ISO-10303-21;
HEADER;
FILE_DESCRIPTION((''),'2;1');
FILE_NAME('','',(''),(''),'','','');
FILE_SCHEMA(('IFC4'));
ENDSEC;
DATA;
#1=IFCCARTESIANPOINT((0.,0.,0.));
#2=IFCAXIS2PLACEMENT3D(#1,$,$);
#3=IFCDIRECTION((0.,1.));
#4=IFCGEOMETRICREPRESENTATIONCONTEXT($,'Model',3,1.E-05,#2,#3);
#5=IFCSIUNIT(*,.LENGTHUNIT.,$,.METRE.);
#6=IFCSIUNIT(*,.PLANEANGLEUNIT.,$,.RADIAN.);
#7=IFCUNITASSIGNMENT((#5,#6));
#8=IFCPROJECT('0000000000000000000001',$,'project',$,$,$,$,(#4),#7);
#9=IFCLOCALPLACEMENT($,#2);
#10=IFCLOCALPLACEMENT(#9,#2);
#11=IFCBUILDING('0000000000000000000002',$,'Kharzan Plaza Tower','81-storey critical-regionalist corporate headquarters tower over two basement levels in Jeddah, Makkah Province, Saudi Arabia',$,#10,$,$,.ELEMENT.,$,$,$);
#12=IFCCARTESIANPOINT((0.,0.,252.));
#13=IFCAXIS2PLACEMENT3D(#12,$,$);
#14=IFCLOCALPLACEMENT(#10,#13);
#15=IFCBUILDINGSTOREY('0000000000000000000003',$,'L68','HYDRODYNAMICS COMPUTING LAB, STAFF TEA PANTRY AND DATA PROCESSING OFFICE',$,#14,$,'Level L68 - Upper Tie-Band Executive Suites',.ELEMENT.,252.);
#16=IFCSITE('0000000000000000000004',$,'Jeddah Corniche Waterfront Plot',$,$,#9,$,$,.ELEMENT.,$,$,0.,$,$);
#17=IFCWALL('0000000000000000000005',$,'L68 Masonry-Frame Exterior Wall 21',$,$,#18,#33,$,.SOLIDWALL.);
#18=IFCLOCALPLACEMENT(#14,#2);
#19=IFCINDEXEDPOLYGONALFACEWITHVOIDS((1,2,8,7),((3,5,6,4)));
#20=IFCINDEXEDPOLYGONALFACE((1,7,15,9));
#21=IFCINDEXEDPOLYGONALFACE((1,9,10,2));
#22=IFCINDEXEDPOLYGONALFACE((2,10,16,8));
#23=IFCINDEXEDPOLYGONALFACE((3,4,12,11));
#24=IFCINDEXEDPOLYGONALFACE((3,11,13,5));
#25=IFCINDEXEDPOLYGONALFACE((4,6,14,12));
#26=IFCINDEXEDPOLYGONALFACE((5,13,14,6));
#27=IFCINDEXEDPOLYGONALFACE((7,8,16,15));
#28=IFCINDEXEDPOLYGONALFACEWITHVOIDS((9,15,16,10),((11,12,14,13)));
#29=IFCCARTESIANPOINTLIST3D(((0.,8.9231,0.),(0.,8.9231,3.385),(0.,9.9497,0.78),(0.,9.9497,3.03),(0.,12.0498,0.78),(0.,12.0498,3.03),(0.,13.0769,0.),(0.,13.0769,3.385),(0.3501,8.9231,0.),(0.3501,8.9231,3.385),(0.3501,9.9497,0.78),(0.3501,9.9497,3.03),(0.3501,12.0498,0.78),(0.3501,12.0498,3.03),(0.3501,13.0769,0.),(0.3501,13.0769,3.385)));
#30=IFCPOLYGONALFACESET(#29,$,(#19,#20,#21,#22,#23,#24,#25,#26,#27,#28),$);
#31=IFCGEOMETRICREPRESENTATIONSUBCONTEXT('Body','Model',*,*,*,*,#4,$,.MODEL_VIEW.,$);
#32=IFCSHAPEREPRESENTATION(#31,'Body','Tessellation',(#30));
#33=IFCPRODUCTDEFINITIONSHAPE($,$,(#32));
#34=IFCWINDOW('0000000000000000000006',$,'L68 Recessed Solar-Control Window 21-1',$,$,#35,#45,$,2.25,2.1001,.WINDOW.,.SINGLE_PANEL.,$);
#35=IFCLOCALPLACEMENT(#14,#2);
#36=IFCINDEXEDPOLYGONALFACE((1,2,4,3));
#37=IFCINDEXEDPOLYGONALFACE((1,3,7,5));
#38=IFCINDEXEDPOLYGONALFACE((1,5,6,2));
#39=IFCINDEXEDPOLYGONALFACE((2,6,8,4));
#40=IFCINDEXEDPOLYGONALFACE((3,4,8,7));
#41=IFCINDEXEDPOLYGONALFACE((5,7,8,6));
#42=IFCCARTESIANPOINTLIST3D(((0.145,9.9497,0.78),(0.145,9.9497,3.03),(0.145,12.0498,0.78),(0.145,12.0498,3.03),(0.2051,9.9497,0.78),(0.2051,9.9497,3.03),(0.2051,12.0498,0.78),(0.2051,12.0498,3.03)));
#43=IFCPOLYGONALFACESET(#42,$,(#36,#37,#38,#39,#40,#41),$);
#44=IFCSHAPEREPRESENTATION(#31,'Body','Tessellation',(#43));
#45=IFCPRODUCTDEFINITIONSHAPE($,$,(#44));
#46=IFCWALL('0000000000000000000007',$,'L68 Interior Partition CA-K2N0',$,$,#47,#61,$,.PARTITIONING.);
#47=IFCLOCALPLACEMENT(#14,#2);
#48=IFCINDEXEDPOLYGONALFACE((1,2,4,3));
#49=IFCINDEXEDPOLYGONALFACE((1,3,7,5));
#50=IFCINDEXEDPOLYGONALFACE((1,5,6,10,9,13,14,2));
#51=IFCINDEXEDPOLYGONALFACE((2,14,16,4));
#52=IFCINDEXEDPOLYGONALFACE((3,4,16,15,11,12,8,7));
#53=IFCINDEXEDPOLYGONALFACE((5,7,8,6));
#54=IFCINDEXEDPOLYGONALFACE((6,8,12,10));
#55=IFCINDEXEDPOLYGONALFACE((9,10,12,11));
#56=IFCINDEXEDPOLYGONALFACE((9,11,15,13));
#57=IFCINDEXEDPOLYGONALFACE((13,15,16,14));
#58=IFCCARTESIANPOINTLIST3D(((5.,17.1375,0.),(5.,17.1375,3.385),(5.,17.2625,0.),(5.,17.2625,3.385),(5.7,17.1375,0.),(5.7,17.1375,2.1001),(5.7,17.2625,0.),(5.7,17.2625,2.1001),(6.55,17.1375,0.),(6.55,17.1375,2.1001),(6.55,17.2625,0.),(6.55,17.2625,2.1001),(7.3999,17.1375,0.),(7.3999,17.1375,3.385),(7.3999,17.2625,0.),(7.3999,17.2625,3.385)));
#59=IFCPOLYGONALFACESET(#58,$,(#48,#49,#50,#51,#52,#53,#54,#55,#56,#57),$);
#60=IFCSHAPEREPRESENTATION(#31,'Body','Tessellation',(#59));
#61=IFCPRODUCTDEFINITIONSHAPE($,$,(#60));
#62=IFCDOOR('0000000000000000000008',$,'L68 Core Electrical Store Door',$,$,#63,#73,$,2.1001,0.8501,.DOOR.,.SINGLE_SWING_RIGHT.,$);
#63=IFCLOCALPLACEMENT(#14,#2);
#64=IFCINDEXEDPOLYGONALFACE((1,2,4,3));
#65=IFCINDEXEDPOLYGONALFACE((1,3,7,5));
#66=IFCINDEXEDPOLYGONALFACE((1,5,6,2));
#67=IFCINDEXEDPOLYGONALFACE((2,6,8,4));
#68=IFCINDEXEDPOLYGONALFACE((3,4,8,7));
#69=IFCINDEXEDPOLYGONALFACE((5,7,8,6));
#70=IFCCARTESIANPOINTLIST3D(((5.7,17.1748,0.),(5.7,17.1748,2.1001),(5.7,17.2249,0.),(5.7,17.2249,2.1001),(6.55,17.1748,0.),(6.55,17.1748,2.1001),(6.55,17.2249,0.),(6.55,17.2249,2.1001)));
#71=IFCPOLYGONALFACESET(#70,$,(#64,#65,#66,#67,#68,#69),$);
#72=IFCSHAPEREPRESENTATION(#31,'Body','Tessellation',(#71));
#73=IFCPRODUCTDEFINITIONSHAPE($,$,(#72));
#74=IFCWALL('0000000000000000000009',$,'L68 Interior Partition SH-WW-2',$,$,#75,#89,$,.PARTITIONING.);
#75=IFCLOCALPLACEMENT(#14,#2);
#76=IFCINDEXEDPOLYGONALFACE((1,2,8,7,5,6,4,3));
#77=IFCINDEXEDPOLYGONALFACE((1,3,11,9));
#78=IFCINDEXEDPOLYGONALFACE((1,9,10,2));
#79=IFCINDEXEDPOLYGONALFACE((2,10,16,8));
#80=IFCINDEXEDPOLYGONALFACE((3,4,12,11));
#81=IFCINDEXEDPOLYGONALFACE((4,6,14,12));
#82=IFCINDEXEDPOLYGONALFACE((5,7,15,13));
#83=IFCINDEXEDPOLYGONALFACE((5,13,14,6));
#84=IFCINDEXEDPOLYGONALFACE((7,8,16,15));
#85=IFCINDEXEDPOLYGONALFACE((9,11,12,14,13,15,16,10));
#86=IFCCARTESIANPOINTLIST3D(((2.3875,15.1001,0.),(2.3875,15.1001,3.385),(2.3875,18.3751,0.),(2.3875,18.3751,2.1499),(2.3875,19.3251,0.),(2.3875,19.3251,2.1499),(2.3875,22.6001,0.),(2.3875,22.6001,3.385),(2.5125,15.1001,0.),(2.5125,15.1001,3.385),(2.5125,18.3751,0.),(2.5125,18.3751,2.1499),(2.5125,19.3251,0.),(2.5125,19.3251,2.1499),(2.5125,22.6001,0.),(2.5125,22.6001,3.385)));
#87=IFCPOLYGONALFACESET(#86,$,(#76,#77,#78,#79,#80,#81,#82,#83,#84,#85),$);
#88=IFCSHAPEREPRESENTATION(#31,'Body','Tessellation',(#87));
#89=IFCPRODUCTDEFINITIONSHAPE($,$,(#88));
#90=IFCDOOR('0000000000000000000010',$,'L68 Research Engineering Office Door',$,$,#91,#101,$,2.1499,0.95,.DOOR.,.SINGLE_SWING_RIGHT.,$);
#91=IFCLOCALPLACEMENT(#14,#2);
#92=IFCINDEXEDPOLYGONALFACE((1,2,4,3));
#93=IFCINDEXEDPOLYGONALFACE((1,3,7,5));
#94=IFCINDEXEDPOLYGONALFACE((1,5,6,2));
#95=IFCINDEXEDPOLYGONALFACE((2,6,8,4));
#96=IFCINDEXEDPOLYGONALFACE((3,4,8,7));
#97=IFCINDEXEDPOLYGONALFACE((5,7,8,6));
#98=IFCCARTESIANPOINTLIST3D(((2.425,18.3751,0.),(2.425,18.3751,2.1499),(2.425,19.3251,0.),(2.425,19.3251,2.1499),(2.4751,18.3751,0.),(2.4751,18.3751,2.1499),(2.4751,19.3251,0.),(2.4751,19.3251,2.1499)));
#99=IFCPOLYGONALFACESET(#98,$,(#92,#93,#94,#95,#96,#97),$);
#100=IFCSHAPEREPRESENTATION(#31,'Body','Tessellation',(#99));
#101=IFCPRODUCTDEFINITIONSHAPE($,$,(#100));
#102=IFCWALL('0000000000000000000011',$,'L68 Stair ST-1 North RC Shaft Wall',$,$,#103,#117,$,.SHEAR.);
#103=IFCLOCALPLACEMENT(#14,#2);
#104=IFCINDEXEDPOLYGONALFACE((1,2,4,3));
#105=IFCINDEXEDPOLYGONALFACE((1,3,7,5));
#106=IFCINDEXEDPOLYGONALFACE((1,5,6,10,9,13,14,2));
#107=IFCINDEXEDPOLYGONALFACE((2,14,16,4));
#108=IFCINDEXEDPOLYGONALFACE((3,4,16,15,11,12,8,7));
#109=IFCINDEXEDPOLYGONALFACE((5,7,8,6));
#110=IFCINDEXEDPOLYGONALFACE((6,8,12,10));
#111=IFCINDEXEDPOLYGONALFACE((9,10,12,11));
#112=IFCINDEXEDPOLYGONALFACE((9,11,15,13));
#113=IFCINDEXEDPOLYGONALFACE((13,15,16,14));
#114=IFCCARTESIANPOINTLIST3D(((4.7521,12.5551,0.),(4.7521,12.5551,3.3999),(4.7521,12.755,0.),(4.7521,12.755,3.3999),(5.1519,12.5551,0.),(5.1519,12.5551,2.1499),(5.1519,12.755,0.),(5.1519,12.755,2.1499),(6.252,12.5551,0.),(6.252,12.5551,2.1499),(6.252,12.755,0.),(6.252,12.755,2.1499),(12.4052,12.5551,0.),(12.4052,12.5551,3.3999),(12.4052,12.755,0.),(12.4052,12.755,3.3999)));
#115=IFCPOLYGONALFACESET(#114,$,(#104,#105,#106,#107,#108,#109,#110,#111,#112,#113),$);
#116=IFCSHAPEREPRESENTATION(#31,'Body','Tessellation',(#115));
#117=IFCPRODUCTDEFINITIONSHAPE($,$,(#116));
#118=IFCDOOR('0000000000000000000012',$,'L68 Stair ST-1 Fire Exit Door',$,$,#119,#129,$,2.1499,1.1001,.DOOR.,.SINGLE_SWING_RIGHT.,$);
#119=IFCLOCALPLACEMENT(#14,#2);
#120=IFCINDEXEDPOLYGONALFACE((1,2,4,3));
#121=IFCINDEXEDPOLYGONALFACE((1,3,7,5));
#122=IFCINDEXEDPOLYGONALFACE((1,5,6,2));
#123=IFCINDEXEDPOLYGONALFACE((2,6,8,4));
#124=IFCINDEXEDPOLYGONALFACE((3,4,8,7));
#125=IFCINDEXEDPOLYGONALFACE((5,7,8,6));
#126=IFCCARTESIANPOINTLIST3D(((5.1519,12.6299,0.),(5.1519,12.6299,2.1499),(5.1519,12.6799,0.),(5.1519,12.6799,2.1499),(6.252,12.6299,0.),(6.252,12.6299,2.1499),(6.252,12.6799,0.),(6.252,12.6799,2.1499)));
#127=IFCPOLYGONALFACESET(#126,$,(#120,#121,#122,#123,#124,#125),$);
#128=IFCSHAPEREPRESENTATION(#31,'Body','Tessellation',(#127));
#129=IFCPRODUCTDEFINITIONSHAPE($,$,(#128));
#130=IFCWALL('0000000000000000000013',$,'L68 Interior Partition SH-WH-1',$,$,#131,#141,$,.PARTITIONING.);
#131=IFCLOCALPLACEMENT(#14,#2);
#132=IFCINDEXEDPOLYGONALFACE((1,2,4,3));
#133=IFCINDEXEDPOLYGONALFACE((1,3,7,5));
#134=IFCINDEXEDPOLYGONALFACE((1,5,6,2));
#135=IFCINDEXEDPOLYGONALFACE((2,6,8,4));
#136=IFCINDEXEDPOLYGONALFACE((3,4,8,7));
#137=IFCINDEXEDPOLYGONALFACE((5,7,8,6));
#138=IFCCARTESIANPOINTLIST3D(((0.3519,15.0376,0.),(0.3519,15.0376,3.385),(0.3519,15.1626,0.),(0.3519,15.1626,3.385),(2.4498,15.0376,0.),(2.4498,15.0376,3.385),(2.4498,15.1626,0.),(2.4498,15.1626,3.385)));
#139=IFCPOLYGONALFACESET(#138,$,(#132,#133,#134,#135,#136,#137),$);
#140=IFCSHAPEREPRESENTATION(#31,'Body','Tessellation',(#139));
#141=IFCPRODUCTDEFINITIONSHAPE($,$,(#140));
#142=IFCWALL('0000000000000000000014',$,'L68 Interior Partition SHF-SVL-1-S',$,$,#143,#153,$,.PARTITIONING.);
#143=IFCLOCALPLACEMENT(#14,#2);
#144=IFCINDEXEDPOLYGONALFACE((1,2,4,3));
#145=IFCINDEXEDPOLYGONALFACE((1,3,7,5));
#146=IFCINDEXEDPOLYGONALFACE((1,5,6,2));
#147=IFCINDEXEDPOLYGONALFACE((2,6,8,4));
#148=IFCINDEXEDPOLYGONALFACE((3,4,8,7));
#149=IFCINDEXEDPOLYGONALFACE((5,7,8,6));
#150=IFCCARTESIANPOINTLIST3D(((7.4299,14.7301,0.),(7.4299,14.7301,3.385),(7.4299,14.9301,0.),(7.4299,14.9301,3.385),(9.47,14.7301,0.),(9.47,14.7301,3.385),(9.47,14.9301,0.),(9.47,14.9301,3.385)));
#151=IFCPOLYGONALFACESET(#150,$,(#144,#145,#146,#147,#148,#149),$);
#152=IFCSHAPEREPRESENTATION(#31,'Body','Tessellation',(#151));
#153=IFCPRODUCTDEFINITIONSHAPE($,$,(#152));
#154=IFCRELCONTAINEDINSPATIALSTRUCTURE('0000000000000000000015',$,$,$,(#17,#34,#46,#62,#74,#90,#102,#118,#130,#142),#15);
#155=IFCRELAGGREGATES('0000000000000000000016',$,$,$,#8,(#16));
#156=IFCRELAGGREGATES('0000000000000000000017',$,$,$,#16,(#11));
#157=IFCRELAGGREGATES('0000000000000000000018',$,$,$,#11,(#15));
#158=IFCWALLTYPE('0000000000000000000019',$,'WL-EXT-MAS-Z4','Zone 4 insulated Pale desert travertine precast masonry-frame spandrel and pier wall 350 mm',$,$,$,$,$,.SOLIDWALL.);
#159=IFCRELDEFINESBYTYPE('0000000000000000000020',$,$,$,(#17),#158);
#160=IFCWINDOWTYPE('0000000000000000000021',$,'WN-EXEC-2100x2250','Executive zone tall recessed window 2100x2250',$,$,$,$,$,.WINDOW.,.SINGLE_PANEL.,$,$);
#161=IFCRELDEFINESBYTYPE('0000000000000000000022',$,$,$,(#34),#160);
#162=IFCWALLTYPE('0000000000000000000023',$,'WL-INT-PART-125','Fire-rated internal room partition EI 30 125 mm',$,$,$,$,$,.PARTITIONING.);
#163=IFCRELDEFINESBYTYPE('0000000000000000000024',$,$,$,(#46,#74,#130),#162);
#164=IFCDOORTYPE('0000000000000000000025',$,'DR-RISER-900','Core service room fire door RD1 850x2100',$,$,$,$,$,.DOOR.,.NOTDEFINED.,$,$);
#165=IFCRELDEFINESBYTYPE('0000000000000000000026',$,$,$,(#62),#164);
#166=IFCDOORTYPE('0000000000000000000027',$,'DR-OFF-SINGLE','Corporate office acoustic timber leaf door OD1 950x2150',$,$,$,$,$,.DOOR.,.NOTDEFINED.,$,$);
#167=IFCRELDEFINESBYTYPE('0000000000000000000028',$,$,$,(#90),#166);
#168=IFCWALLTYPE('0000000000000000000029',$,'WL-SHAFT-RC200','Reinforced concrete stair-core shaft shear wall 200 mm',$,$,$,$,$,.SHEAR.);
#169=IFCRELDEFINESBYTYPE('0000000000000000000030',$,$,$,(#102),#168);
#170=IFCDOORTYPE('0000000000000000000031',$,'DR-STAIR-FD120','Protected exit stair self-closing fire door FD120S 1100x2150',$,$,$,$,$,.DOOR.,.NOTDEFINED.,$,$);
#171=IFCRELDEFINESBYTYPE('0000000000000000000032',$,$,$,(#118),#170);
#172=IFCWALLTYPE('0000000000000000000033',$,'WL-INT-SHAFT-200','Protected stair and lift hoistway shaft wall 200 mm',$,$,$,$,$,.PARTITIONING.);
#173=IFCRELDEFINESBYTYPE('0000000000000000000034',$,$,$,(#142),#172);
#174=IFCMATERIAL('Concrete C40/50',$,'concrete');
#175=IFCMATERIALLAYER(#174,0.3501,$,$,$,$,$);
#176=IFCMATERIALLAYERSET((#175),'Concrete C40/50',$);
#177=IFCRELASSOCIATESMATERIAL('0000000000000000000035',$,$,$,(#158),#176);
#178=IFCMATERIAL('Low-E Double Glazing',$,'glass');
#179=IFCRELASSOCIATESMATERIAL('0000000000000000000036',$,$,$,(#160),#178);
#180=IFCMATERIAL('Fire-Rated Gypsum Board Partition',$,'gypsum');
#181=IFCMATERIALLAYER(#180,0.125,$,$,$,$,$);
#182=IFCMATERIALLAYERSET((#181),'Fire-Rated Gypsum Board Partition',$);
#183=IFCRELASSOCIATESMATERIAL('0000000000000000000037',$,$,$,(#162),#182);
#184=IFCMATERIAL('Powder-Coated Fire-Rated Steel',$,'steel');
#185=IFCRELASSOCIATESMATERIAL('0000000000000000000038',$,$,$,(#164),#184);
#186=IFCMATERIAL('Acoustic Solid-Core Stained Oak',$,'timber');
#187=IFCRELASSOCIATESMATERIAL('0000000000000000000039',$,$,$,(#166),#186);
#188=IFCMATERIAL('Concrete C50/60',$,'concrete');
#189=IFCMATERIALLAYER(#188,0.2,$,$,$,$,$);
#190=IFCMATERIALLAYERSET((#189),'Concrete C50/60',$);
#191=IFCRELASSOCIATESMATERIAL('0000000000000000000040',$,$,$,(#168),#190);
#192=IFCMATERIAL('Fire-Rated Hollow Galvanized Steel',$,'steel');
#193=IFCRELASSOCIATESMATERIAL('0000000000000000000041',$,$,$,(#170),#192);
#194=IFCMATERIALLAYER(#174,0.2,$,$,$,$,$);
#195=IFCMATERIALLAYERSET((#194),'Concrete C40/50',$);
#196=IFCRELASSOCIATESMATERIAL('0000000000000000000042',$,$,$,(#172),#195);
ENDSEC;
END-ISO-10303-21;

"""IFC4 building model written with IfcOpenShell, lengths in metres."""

from ifc_helpers import new_model, si_unit, direction, frame, frame_2d, origin, place, context, subcontext, project, spatial, rectangle, extrude, source, transform, mapped, material, layer, layer_set, type_object, element, fill, save


model = new_model("IFC4")

# Units and contexts
model_context = context("Model", 3, precision=1e-05, world=origin(), true_north=direction((0.0, 1.0)))
body_context = subcontext(model_context, "Body", "Model", "MODEL_VIEW")
ifc_project = project(units=[si_unit("LENGTHUNIT", "METRE"), si_unit("PLANEANGLEUNIT", "RADIAN")], contexts=[model_context])

# Site, building, storey
site_placement = place(None, origin())
site = spatial("IfcSite", under=ifc_project, at=site_placement, Name="Jeddah Corniche Waterfront Plot", CompositionType="ELEMENT", RefElevation=0.0)
building_placement = place(site_placement, origin())
building = spatial("IfcBuilding", under=site, at=building_placement, Name="Kharzan Plaza Tower", Description="81-storey critical-regionalist corporate headquarters tower over two basement levels in Jeddah, Makkah Province, Saudi Arabia", CompositionType="ELEMENT")
storey_placement = place(building_placement, frame((0.0, 0.0, 252.0)))
storey = spatial("IfcBuildingStorey", under=building, at=storey_placement, Name="L68", Description="HYDRODYNAMICS COMPUTING LAB, STAFF TEA PANTRY AND DATA PROCESSING OFFICE", LongName="Level L68 - Upper Tie-Band Executive Suites", CompositionType="ELEMENT", Elevation=252.0)

# Shared definitions
ifc_material_1 = material(Name="Concrete C50/60", Category="concrete")

# Wall, opening, window
ifc_material_2 = material(Name="Concrete C40/50", Category="concrete")
ifc_layer_1 = layer(ifc_material_2, 0.3501)
ifc_layer_set_1 = layer_set([ifc_layer_1], Name="Concrete C40/50")
wall_type_1 = type_object("IfcWallType", Name="WL-EXT-MAS-Z4", Description="Zone 4 insulated Pale desert travertine precast masonry-frame spandrel and pier wall 350 mm", PredefinedType="SOLIDWALL", material=ifc_layer_set_1)
ifc_material_3 = material(Name="Low-E Double Glazing", Category="glass")
wall_1_placement = place(storey_placement, frame((0.175, 13.0769, 0.0), z_axis=(0.0, 0.0, 1.0), x_axis=(0.0, -1.0, 0.0)))
wall_1 = element("IfcWall", 1, at=wall_1_placement, inside=storey, type_object=wall_type_1, Name="L68 Masonry-Frame Exterior Wall 21", PredefinedType="SOLIDWALL", context=body_context, shape_type="SweptSolid", body=[
    extrude(rectangle(XDim=4.1538, YDim=0.3501, at=frame_2d((2.0769, 0.0))), origin(), (0.0, 0.0, 1.0), 3.385),
])
opening_1_placement = place(wall_1_placement, frame((1.0271, 0.0, 0.78)))
opening_1 = element("IfcOpeningElement", 2, at=opening_1_placement, cuts=wall_1, PredefinedType="OPENING", context=body_context, shape_type="SweptSolid", body=[
    extrude(rectangle(XDim=2.1001, YDim=2.25, at=frame_2d((1.05, 1.125))), frame((0.0, 0.1851, 0.0), z_axis=(0.0, -1.0, 0.0), x_axis=(1.0, 0.0, 0.0)), (0.0, 0.0, 1.0), 0.3701),
])
window_type_1 = type_object("IfcWindowType", Name="WN-EXEC-2100x2250", Description="Executive zone tall recessed window 2100x2250", PartitioningType="SINGLE_PANEL", PredefinedType="WINDOW", material=ifc_material_3)
shared_shape_1 = source(origin(), body_context, "Body", "SweptSolid", [
    extrude(rectangle(XDim=2.1001, YDim=2.25, at=frame_2d((1.05, 1.125))), frame((0.0, 0.03, 0.0), z_axis=(0.0, -1.0, 0.0), x_axis=(1.0, 0.0, 0.0)), (0.0, 0.0, 1.0), 0.0601),
])
window_1_placement = place(opening_1_placement, origin())
window_1 = element("IfcWindow", 3, at=window_1_placement, inside=storey, type_object=window_type_1, Name="L68 Recessed Solar-Control Window 21-1", OverallHeight=2.25, OverallWidth=2.1001, PartitioningType="SINGLE_PANEL", PredefinedType="WINDOW", context=body_context, shape_type="MappedRepresentation", body=[
    mapped(shared_shape_1, transform((0.0, 0.0, 0.0), x_axis=(1.0, 0.0, 0.0), y_axis=(0.0, 1.0, 0.0), z_axis=(0.0, 0.0, 1.0))),
])
fill(opening_1, window_1)

# Walls, openings, doors
ifc_material_4 = material(Name="Fire-Rated Gypsum Board Partition", Category="gypsum")
ifc_layer_2 = layer(ifc_material_4, 0.125)
ifc_layer_set_2 = layer_set([ifc_layer_2], Name="Fire-Rated Gypsum Board Partition")
wall_type_2 = type_object("IfcWallType", Name="WL-INT-PART-125", Description="Fire-rated internal room partition EI 30 125 mm", PredefinedType="PARTITIONING", material=ifc_layer_set_2)
wall_2_placement = place(storey_placement, frame((5.0, 17.2, 0.0), z_axis=(0.0, 0.0, 1.0), x_axis=(1.0, 0.0, 0.0)))
wall_2 = element("IfcWall", 4, at=wall_2_placement, inside=storey, type_object=wall_type_2, Name="L68 Interior Partition CA-K2N0", PredefinedType="PARTITIONING", context=body_context, shape_type="SweptSolid", body=[
    extrude(rectangle(XDim=2.3999, YDim=0.125, at=frame_2d((1.2, 0.0))), origin(), (0.0, 0.0, 1.0), 3.385),
])
opening_2_placement = place(wall_2_placement, frame((0.7, 0.0, 0.0)))
opening_2 = element("IfcOpeningElement", 5, at=opening_2_placement, cuts=wall_2, PredefinedType="OPENING", context=body_context, shape_type="SweptSolid", body=[
    extrude(rectangle(XDim=0.8501, YDim=2.1001, at=frame_2d((0.425, 1.05))), frame((0.0, 0.0725, 0.0), z_axis=(0.0, -1.0, 0.0), x_axis=(1.0, 0.0, 0.0)), (0.0, 0.0, 1.0), 0.145),
])
ifc_material_5 = material(Name="Powder-Coated Fire-Rated Steel", Category="steel")
door_type_1 = type_object("IfcDoorType", Name="DR-RISER-900", Description="Core service room fire door RD1 850x2100", OperationType="NOTDEFINED", PredefinedType="DOOR", material=ifc_material_5)
shared_shape_2 = source(origin(), body_context, "Body", "SweptSolid", [
    extrude(rectangle(XDim=0.8501, YDim=2.1001, at=frame_2d((0.425, 1.05))), frame((0.0, 0.0249, 0.0), z_axis=(0.0, -1.0, 0.0), x_axis=(1.0, 0.0, 0.0)), (0.0, 0.0, 1.0), 0.05),
])
door_1_placement = place(opening_2_placement, origin())
door_1 = element("IfcDoor", 6, at=door_1_placement, inside=storey, type_object=door_type_1, Name="L68 Core Electrical Store Door", OperationType="SINGLE_SWING_RIGHT", OverallHeight=2.1001, OverallWidth=0.8501, PredefinedType="DOOR", context=body_context, shape_type="MappedRepresentation", body=[
    mapped(shared_shape_2, transform((0.0, 0.0, 0.0), x_axis=(1.0, 0.0, 0.0), y_axis=(0.0, 1.0, 0.0), z_axis=(0.0, 0.0, 1.0))),
])
fill(opening_2, door_1)
wall_3_placement = place(storey_placement, frame((2.45, 15.1001, 0.0), z_axis=(0.0, 0.0, 1.0), x_axis=(0.0, 1.0, 0.0)))
wall_3 = element("IfcWall", 7, at=wall_3_placement, inside=storey, type_object=wall_type_2, Name="L68 Interior Partition SH-WW-2", PredefinedType="PARTITIONING", context=body_context, shape_type="SweptSolid", body=[
    extrude(rectangle(XDim=7.5, YDim=0.125, at=frame_2d((3.75, 0.0))), origin(), (0.0, 0.0, 1.0), 3.385),
])
opening_3_placement = place(wall_3_placement, frame((3.2749, 0.0, 0.0)))
opening_3 = element("IfcOpeningElement", 8, at=opening_3_placement, cuts=wall_3, PredefinedType="OPENING", context=body_context, shape_type="SweptSolid", body=[
    extrude(rectangle(XDim=0.95, YDim=2.1499, at=frame_2d((0.4751, 1.075))), frame((0.0, 0.0725, 0.0), z_axis=(0.0, -1.0, 0.0), x_axis=(1.0, 0.0, 0.0)), (0.0, 0.0, 1.0), 0.145),
])
ifc_material_6 = material(Name="Acoustic Solid-Core Stained Oak", Category="timber")
door_type_2 = type_object("IfcDoorType", Name="DR-OFF-SINGLE", Description="Corporate office acoustic timber leaf door OD1 950x2150", OperationType="NOTDEFINED", PredefinedType="DOOR", material=ifc_material_6)
shared_shape_3 = source(origin(), body_context, "Body", "SweptSolid", [
    extrude(rectangle(XDim=0.95, YDim=2.1499, at=frame_2d((0.4751, 1.075))), frame((0.0, 0.0249, 0.0), z_axis=(0.0, -1.0, 0.0), x_axis=(1.0, 0.0, 0.0)), (0.0, 0.0, 1.0), 0.05),
])
door_2_placement = place(opening_3_placement, origin())
door_2 = element("IfcDoor", 9, at=door_2_placement, inside=storey, type_object=door_type_2, Name="L68 Research Engineering Office Door", OperationType="SINGLE_SWING_RIGHT", OverallHeight=2.1499, OverallWidth=0.95, PredefinedType="DOOR", context=body_context, shape_type="MappedRepresentation", body=[
    mapped(shared_shape_3, transform((0.0, 0.0, 0.0), x_axis=(1.0, 0.0, 0.0), y_axis=(0.0, 1.0, 0.0), z_axis=(0.0, 0.0, 1.0))),
])
fill(opening_3, door_2)
ifc_layer_3 = layer(ifc_material_1, 0.2)
ifc_layer_set_3 = layer_set([ifc_layer_3], Name="Concrete C50/60")
wall_type_3 = type_object("IfcWallType", Name="WL-SHAFT-RC200", Description="Reinforced concrete stair-core shaft shear wall 200 mm", PredefinedType="SHEAR", material=ifc_layer_set_3)
wall_4_placement = place(storey_placement, frame((4.752, 12.655, 0.0), z_axis=(0.0, 0.0, 1.0), x_axis=(1.0, 0.0, 0.0)))
wall_4 = element("IfcWall", 10, at=wall_4_placement, inside=storey, type_object=wall_type_3, Name="L68 Stair ST-1 North RC Shaft Wall", PredefinedType="SHEAR", context=body_context, shape_type="SweptSolid", body=[
    extrude(rectangle(XDim=7.6531, YDim=0.2, at=frame_2d((3.8267, 0.0))), origin(), (0.0, 0.0, 1.0), 3.3999),
])
opening_4_placement = place(wall_4_placement, frame((0.3999, 0.0, 0.0)))
opening_4 = element("IfcOpeningElement", 11, at=opening_4_placement, cuts=wall_4, PredefinedType="OPENING", context=body_context, shape_type="SweptSolid", body=[
    extrude(rectangle(XDim=1.1001, YDim=2.1499, at=frame_2d((0.55, 1.075))), frame((0.0, 0.1099, 0.0), z_axis=(0.0, -1.0, 0.0), x_axis=(1.0, 0.0, 0.0)), (0.0, 0.0, 1.0), 0.22),
])
ifc_material_7 = material(Name="Fire-Rated Hollow Galvanized Steel", Category="steel")
door_type_3 = type_object("IfcDoorType", Name="DR-STAIR-FD120", Description="Protected exit stair self-closing fire door FD120S 1100x2150", OperationType="NOTDEFINED", PredefinedType="DOOR", material=ifc_material_7)
shared_shape_4 = source(origin(), body_context, "Body", "SweptSolid", [
    extrude(rectangle(XDim=1.1001, YDim=2.1499, at=frame_2d((0.55, 1.075))), frame((0.0, 0.0249, 0.0), z_axis=(0.0, -1.0, 0.0), x_axis=(1.0, 0.0, 0.0)), (0.0, 0.0, 1.0), 0.05),
])
door_3_placement = place(opening_4_placement, origin())
door_3 = element("IfcDoor", 12, at=door_3_placement, inside=storey, type_object=door_type_3, Name="L68 Stair ST-1 Fire Exit Door", OperationType="SINGLE_SWING_RIGHT", OverallHeight=2.1499, OverallWidth=1.1001, PredefinedType="DOOR", context=body_context, shape_type="MappedRepresentation", body=[
    mapped(shared_shape_4, transform((0.0, 0.0, 0.0), x_axis=(1.0, 0.0, 0.0), y_axis=(0.0, 1.0, 0.0), z_axis=(0.0, 0.0, 1.0))),
])
fill(opening_4, door_3)

# Walls
shared_shape_5 = source(origin(), body_context, "Body", "SweptSolid", [
    extrude(rectangle(XDim=2.0979, YDim=0.125, at=frame_2d((1.0488, 0.0))), origin(), (0.0, 0.0, 1.0), 3.385),
])
wall_5_placement = place(storey_placement, frame((0.3521, 15.1001, 0.0), z_axis=(0.0, 0.0, 1.0), x_axis=(1.0, 0.0, 0.0)))
element("IfcWall", 13, at=wall_5_placement, inside=storey, type_object=wall_type_2, Name="L68 Interior Partition SH-WH-1", PredefinedType="PARTITIONING", context=body_context, shape_type="MappedRepresentation", body=[
    mapped(shared_shape_5, transform((0.0, 0.0, 0.0), x_axis=(1.0, 0.0, 0.0), y_axis=(0.0, 1.0, 0.0), z_axis=(0.0, 0.0, 1.0))),
])
ifc_layer_4 = layer(ifc_material_2, 0.2)
ifc_layer_set_4 = layer_set([ifc_layer_4], Name="Concrete C40/50")
wall_type_4 = type_object("IfcWallType", Name="WL-INT-SHAFT-200", Description="Protected stair and lift hoistway shaft wall 200 mm", PredefinedType="PARTITIONING", material=ifc_layer_set_4)
shared_shape_6 = source(origin(), body_context, "Body", "SweptSolid", [
    extrude(rectangle(XDim=2.04, YDim=0.2, at=frame_2d((1.02, 0.0))), origin(), (0.0, 0.0, 1.0), 3.385),
])
wall_6_placement = place(storey_placement, frame((7.4299, 14.8301, 0.0), z_axis=(0.0, 0.0, 1.0), x_axis=(1.0, 0.0, 0.0)))
element("IfcWall", 14, at=wall_6_placement, inside=storey, type_object=wall_type_4, Name="L68 Interior Partition SHF-SVL-1-S", PredefinedType="PARTITIONING", context=body_context, shape_type="MappedRepresentation", body=[
    mapped(shared_shape_6, transform((0.0, 0.0, 0.0), x_axis=(1.0, 0.0, 0.0), y_axis=(0.0, 1.0, 0.0), z_axis=(0.0, 0.0, 1.0))),
])

save(model, "model.ifc")
